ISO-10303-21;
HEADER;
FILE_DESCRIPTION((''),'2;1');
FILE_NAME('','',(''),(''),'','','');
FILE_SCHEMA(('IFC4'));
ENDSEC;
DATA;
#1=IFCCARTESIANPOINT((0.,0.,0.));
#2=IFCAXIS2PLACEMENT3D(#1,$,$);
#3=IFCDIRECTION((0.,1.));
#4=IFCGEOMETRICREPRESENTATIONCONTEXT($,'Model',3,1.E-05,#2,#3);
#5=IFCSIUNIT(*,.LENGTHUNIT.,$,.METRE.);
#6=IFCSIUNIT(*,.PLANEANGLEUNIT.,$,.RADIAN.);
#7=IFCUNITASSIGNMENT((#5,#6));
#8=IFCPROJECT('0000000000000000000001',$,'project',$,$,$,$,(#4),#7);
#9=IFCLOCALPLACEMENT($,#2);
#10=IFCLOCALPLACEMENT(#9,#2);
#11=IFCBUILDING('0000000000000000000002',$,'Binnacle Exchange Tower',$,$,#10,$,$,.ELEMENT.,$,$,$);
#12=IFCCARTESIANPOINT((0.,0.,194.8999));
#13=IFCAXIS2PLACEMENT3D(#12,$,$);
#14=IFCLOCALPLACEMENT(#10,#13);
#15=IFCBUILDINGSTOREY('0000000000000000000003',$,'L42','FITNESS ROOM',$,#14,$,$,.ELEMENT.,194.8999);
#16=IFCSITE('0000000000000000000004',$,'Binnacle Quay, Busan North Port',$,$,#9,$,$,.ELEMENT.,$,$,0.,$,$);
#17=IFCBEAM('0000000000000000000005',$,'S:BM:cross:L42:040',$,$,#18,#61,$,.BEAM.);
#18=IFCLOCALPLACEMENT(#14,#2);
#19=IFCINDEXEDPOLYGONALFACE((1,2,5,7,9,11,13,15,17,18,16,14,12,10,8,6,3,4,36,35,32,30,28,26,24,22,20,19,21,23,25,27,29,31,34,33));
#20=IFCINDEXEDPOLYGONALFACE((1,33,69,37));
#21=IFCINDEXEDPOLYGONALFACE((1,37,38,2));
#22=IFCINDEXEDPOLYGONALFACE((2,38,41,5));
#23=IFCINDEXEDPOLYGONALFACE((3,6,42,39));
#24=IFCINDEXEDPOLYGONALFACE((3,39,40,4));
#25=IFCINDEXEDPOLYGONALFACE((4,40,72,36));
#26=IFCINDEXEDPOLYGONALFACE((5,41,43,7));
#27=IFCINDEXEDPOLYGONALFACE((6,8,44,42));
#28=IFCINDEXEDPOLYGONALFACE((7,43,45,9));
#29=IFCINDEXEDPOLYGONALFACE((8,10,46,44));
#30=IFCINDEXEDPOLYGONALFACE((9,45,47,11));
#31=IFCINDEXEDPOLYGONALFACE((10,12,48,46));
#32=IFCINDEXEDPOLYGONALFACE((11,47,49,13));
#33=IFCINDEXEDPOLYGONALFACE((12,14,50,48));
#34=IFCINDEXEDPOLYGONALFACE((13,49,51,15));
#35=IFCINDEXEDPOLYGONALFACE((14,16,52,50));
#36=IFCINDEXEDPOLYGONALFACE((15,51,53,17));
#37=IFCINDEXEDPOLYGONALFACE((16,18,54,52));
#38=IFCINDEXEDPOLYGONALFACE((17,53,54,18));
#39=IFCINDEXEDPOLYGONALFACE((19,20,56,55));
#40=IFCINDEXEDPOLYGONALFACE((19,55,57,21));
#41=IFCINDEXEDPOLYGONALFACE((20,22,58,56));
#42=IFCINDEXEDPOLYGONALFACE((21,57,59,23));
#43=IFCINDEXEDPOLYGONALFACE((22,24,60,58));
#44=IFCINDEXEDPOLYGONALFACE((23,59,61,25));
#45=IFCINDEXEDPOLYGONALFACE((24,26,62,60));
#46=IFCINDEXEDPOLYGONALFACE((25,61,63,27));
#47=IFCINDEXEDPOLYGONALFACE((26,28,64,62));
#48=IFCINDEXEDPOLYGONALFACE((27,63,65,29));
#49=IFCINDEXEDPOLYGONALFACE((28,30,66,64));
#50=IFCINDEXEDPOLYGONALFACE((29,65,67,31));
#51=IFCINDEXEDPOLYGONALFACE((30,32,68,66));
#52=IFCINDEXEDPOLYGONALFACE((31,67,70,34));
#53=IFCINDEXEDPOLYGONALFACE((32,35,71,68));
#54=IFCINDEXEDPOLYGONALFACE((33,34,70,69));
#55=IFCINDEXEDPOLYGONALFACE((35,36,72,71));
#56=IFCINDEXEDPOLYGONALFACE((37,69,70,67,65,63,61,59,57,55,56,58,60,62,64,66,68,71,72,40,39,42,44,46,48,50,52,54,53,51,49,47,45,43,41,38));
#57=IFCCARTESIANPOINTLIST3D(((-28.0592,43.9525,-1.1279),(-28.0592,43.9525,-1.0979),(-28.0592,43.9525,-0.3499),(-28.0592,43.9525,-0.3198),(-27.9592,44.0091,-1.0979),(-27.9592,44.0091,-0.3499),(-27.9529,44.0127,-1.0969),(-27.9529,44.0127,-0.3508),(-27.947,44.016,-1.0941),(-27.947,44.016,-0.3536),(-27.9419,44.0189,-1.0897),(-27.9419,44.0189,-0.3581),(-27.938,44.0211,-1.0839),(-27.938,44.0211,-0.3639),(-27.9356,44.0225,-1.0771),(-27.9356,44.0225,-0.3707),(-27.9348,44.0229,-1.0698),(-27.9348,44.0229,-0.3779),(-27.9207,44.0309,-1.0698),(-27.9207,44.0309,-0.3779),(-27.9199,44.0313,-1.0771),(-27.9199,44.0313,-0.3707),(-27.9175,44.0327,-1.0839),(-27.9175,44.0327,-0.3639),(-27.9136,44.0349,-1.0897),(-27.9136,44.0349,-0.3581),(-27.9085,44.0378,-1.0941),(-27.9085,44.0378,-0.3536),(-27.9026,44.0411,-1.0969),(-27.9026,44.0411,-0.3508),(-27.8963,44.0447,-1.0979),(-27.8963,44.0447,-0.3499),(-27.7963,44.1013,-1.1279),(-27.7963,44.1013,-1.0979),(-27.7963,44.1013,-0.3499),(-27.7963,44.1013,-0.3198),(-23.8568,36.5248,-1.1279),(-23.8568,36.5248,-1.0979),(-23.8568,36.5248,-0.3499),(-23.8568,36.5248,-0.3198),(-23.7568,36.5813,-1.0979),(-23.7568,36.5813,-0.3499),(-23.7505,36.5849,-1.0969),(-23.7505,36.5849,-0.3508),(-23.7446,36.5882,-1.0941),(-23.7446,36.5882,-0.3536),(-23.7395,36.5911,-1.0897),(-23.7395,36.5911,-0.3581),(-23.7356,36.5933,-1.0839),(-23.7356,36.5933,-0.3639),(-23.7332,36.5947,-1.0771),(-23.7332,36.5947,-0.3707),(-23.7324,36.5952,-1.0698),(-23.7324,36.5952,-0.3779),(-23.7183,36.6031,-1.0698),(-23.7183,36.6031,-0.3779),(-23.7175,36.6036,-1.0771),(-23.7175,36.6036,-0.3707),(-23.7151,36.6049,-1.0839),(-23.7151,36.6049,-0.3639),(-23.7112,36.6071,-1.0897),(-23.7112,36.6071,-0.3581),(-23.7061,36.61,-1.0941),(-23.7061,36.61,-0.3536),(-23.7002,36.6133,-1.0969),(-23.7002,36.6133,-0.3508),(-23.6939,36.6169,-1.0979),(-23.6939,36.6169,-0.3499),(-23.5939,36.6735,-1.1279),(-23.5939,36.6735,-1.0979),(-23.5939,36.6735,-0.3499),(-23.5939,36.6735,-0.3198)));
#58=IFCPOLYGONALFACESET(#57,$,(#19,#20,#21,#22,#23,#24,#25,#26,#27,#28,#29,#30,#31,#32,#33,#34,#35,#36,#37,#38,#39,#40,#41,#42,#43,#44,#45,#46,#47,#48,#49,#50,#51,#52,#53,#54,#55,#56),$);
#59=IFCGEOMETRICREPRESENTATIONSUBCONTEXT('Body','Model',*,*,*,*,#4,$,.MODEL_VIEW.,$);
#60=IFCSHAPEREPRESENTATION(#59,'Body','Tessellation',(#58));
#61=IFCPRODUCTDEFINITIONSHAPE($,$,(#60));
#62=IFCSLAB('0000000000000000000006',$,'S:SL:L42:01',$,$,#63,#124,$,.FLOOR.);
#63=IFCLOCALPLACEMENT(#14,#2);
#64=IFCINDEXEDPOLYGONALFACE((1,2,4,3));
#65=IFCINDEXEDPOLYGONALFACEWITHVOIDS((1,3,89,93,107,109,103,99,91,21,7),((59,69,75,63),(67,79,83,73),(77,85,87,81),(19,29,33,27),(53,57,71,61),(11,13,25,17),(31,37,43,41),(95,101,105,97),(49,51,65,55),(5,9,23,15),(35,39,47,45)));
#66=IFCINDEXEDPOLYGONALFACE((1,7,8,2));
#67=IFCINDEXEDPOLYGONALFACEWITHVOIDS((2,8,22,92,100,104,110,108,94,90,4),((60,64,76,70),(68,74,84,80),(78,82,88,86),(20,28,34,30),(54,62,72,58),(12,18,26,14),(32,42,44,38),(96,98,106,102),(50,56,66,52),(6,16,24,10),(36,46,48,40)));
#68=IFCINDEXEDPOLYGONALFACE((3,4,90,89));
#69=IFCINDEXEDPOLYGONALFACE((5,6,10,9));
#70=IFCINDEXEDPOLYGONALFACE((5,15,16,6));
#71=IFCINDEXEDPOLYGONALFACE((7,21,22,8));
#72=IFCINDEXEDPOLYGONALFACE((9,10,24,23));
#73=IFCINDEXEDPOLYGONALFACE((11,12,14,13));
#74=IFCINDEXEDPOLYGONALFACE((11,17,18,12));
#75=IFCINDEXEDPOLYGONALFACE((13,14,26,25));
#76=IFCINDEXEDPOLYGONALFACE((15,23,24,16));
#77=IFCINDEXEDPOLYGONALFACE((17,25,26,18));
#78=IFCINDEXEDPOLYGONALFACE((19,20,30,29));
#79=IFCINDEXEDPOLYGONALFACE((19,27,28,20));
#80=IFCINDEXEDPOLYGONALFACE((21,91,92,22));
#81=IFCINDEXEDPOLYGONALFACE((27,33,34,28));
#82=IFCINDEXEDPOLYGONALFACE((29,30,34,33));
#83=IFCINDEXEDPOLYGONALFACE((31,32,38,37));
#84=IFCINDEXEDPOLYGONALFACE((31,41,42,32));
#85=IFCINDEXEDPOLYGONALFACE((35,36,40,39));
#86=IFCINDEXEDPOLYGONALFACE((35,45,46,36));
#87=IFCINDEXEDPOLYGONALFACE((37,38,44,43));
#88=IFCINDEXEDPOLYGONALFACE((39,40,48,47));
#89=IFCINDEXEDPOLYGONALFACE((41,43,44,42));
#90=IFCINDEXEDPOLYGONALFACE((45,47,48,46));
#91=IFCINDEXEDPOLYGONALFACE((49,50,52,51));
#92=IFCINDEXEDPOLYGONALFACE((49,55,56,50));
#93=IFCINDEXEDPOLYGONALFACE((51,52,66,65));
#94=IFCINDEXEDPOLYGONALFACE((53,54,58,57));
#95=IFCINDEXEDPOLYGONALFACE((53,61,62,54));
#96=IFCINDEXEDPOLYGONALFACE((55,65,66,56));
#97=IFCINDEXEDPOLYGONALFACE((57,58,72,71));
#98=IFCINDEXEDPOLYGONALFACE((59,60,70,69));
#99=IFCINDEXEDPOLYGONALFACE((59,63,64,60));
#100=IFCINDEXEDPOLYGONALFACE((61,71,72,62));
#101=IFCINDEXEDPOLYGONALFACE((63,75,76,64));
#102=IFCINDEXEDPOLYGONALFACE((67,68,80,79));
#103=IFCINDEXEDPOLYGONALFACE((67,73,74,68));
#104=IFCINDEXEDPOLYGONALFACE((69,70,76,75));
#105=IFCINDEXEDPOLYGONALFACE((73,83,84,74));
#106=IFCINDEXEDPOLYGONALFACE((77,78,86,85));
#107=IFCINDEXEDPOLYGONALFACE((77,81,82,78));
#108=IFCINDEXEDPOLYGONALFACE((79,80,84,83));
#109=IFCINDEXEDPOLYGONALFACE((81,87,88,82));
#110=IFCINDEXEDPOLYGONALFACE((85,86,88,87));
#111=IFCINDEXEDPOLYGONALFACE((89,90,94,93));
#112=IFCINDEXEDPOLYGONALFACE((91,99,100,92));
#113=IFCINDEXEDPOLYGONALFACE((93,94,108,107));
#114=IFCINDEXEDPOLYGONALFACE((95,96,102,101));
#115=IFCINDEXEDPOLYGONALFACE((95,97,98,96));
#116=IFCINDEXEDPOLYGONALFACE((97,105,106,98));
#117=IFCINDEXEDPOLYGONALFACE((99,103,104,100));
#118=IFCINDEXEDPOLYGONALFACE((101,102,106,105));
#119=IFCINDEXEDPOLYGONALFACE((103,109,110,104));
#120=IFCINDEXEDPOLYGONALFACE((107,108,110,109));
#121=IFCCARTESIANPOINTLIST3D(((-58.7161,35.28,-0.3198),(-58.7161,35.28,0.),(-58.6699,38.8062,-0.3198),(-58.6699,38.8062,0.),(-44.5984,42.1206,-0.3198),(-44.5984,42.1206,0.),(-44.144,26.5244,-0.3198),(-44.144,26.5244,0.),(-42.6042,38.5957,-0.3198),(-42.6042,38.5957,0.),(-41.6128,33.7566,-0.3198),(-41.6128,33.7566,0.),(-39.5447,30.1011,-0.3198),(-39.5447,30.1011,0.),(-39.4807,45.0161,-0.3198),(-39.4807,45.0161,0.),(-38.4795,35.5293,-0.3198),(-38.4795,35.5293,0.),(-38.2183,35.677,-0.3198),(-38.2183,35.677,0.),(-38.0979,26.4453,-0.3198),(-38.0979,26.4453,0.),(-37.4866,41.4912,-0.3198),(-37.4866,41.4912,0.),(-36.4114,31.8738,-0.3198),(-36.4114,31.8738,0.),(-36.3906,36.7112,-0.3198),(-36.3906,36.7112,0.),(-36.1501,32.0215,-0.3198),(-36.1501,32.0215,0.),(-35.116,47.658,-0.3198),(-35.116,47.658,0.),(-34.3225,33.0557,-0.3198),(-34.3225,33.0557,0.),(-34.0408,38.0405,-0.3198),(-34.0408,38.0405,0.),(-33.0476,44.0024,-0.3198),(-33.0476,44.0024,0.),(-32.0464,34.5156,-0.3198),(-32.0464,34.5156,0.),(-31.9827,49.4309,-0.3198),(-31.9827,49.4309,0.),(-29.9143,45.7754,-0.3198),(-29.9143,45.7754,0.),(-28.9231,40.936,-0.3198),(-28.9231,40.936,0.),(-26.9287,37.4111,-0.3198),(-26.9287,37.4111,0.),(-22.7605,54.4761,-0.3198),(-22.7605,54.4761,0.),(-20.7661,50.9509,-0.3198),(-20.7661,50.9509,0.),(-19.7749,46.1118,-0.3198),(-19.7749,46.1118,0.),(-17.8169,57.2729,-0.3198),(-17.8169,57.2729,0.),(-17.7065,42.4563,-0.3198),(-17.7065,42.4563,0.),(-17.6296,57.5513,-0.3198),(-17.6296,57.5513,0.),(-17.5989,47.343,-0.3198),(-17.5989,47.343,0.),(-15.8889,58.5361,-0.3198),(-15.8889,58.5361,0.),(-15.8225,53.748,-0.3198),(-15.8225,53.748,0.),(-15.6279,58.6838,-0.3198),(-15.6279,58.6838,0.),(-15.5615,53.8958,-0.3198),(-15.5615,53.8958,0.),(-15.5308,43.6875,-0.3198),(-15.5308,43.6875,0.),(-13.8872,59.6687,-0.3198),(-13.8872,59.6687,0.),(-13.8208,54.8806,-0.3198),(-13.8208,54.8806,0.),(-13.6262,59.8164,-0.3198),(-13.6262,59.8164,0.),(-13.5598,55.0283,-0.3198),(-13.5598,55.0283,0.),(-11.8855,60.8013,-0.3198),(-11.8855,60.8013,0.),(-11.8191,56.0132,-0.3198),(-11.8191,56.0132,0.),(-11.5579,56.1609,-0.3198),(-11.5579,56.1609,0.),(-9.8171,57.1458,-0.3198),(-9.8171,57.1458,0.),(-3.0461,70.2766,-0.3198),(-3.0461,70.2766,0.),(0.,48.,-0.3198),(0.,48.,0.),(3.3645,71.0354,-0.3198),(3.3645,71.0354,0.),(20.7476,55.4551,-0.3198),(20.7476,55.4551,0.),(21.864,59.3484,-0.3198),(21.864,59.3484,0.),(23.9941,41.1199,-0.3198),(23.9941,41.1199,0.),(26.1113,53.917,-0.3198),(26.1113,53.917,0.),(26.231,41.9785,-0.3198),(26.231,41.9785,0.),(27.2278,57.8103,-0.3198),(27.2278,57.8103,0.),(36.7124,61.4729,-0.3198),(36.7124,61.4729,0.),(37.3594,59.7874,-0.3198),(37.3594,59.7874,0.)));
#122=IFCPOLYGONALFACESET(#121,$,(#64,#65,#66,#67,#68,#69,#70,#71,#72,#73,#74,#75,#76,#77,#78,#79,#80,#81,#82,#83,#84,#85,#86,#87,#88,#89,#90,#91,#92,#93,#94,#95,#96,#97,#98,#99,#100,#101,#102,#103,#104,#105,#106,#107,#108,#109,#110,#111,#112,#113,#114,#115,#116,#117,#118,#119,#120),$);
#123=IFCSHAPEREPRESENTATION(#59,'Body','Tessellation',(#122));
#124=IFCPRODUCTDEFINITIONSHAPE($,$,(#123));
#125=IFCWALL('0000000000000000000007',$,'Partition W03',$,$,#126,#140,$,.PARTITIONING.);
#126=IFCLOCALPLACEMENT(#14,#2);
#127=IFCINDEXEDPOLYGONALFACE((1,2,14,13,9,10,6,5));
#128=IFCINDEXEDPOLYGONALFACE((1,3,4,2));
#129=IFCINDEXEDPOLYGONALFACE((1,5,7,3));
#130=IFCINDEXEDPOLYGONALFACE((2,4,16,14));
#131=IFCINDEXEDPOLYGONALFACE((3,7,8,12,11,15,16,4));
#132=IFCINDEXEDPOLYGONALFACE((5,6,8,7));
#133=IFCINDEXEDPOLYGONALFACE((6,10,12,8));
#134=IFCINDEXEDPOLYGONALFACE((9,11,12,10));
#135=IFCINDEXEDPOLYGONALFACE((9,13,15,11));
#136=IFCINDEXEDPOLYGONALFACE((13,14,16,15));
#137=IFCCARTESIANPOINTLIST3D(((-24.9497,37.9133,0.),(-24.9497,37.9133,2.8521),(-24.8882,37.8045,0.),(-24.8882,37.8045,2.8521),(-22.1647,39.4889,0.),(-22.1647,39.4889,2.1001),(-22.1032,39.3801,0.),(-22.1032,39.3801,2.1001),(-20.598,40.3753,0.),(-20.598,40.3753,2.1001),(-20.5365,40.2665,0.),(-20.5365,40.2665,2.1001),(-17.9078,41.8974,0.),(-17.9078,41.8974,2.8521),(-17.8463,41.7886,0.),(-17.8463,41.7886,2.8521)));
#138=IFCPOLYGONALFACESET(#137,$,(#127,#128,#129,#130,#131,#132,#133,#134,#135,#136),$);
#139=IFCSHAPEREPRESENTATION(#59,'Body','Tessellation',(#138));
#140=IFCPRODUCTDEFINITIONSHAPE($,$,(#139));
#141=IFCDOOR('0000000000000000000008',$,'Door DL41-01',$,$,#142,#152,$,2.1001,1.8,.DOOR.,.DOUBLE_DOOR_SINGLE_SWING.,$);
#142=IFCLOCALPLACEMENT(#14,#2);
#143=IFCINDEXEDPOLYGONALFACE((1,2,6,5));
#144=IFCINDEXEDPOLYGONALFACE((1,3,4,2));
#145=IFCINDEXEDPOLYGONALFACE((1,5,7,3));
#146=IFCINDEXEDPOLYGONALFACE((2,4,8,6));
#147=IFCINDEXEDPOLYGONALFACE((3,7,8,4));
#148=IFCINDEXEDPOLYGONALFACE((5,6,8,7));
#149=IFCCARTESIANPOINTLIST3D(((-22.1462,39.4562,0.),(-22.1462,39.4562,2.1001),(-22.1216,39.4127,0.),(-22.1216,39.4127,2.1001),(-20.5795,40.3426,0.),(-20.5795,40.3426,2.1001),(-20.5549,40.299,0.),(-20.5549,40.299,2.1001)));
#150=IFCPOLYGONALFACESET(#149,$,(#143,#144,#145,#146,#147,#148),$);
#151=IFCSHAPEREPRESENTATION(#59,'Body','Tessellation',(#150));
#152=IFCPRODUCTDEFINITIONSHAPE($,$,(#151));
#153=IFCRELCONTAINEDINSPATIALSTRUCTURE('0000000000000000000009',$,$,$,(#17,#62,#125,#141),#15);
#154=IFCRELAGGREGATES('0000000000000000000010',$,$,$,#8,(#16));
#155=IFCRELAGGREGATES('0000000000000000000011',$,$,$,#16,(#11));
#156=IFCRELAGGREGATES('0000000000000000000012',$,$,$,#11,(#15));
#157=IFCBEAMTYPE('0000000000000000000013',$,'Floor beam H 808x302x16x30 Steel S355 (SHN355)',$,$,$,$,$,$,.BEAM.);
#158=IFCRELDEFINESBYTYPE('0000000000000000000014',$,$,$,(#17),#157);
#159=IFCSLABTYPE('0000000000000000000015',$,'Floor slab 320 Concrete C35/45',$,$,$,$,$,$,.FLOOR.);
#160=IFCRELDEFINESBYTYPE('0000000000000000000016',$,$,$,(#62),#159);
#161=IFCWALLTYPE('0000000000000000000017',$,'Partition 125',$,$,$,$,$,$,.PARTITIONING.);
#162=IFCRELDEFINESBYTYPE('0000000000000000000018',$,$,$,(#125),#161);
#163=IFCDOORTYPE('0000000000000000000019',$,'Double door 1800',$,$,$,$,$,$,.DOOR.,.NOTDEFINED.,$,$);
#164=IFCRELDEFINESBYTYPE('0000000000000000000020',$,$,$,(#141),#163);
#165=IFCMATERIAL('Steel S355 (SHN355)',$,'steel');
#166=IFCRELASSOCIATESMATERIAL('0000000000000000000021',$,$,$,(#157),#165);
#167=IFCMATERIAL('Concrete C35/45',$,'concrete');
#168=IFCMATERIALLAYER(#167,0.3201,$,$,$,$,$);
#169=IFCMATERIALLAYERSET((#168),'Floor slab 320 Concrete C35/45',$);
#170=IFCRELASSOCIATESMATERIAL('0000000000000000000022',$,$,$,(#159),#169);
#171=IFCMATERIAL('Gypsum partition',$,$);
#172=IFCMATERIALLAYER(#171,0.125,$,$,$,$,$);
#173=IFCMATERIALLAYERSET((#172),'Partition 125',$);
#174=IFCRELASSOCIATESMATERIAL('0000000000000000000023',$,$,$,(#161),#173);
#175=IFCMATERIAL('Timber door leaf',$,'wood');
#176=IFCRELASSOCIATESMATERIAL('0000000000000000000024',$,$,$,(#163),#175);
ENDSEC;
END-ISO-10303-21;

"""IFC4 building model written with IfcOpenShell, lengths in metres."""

from ifc_helpers import new_model, si_unit, direction, frame, frame_2d, origin, origin_2d, place, context, subcontext, project, spatial, polyline, rectangle, i_section, outline, extrude, material, layer, layer_set, material_profile, profile_set, type_object, element, fill, save


model = new_model("IFC4")

# Units and contexts
model_context = context("Model", 3, precision=1e-05, world=origin(), true_north=direction((0.0, 1.0)))
body_context = subcontext(model_context, "Body", "Model", "MODEL_VIEW")
ifc_project = project(units=[si_unit("LENGTHUNIT", "METRE"), si_unit("PLANEANGLEUNIT", "RADIAN")], contexts=[model_context])

# Site, building, storey
site_placement = place(None, origin())
site = spatial("IfcSite", under=ifc_project, at=site_placement, Name="Binnacle Quay, Busan North Port", CompositionType="ELEMENT", RefElevation=0.0)
building_placement = place(site_placement, origin())
building = spatial("IfcBuilding", under=site, at=building_placement, Name="Binnacle Exchange Tower", CompositionType="ELEMENT")
storey_placement = place(building_placement, frame((0.0, 0.0, 194.8999)))
storey = spatial("IfcBuildingStorey", under=building, at=storey_placement, Name="L42", Description="FITNESS ROOM", CompositionType="ELEMENT", Elevation=194.8999)

# Beam
ifc_material_1 = material(Name="Steel S355 (SHN355)", Category="steel")
ifc_material_profile_1 = material_profile(ifc_material_1, i_section(OverallWidth=0.302, OverallDepth=0.8081, WebThickness=0.0161, FlangeThickness=0.03, FilletRadius=0.0281, at=origin_2d()), Name="H 808x302x16x30")
ifc_profile_set_1 = profile_set([ifc_material_profile_1], Name="Steel S355 (SHN355)")
beam_type_1 = type_object("IfcBeamType", Name="Floor beam H 808x302x16x30 Steel S355 (SHN355)", PredefinedType="BEAM", material=ifc_profile_set_1)
beam_1_placement = place(storey_placement, frame((-23.7253, 36.5991, -0.7239), z_axis=(-0.492422, 0.870357, 0.0), x_axis=(-0.870357, -0.492422, 0.0)))
element("IfcBeam", 1, at=beam_1_placement, inside=storey, type_object=beam_type_1, Name="S:BM:cross:L42:040", PredefinedType="BEAM", context=body_context, shape_type="SweptSolid", body=[
    extrude(i_section(OverallWidth=0.302, OverallDepth=0.8081, WebThickness=0.0161, FlangeThickness=0.03, FilletRadius=0.0281, at=origin_2d()), origin(), (0.0, 0.0, 1.0), 8.5342),
])

# Slab
ifc_material_2 = material(Name="Concrete C35/45", Category="concrete")
ifc_layer_1 = layer(ifc_material_2, 0.3201)
ifc_layer_set_1 = layer_set([ifc_layer_1], Name="Floor slab 320 Concrete C35/45")
slab_type = type_object("IfcSlabType", Name="Floor slab 320 Concrete C35/45", PredefinedType="FLOOR", material=ifc_layer_set_1)
slab_placement = place(storey_placement, frame((0.0, 0.0, -0.3198)))
element("IfcSlab", 2, at=slab_placement, inside=storey, type_object=slab_type, Name="S:SL:L42:01", PredefinedType="FLOOR", context=body_context, shape_type="SweptSolid", body=[
    extrude(outline(polyline([(-58.7161, 35.28), (-58.6699, 38.8062), (-3.0461, 70.2766), (3.3645, 71.0354), (36.7124, 61.4729), (37.3594, 59.7874), (26.231, 41.9785), (23.9941, 41.1199), (0.0, 48.0), (-38.0979, 26.4453), (-44.144, 26.5244), (-58.7161, 35.28)]), holes=[polyline([(-38.4795, 35.5293), (-41.6128, 33.7566), (-39.5447, 30.1011), (-36.4114, 31.8738), (-38.4795, 35.5293)]), polyline([(-36.3906, 36.7112), (-38.2183, 35.677), (-36.1501, 32.0215), (-34.3225, 33.0557), (-36.3906, 36.7112)]), polyline([(-32.0464, 34.5156), (-26.9287, 37.4111), (-28.9231, 40.936), (-34.0408, 38.0405), (-32.0464, 34.5156)]), polyline([(-37.4866, 41.4912), (-39.4807, 45.0161), (-44.5984, 42.1206), (-42.6042, 38.5957), (-37.4866, 41.4912)]), polyline([(-29.9143, 45.7754), (-31.9827, 49.4309), (-35.116, 47.658), (-33.0476, 44.0024), (-29.9143, 45.7754)]), polyline([(-17.8169, 57.2729), (-22.7605, 54.4761), (-20.7661, 50.9509), (-15.8225, 53.748), (-17.8169, 57.2729)]), polyline([(-15.5308, 43.6875), (-17.5989, 47.343), (-19.7749, 46.1118), (-17.7065, 42.4563), (-15.5308, 43.6875)]), polyline([(-13.8208, 54.8806), (-15.8889, 58.5361), (-17.6296, 57.5513), (-15.5615, 53.8958), (-13.8208, 54.8806)]), polyline([(27.2278, 57.8103), (21.864, 59.3484), (20.7476, 55.4551), (26.1113, 53.917), (27.2278, 57.8103)]), polyline([(-11.8191, 56.0132), (-13.8872, 59.6687), (-15.6279, 58.6838), (-13.5598, 55.0283), (-11.8191, 56.0132)]), polyline([(-9.8171, 57.1458), (-11.8855, 60.8013), (-13.6262, 59.8164), (-11.5579, 56.1609), (-9.8171, 57.1458)])]), origin(), (0.0, 0.0, 1.0), 0.3198),
])

# Wall, opening, door
ifc_material_3 = material(Name="Gypsum partition")
ifc_layer_2 = layer(ifc_material_3, 0.125)
ifc_layer_set_2 = layer_set([ifc_layer_2], Name="Partition 125")
wall_type = type_object("IfcWallType", Name="Partition 125", PredefinedType="PARTITIONING", material=ifc_layer_set_2)
wall_placement = place(storey_placement, frame((-24.9189, 37.8589, 0.0), z_axis=(0.0, 0.0, 1.0), x_axis=(0.870358, 0.49242, 0.0)))
wall = element("IfcWall", 3, at=wall_placement, inside=storey, type_object=wall_type, Name="Partition W03", PredefinedType="PARTITIONING", context=body_context, shape_type="SweptSolid", body=[
    extrude(rectangle(XDim=8.0908, YDim=0.125, at=frame_2d((4.0454, 0.0))), origin(), (0.0, 0.0, 1.0), 2.8521),
])
opening_placement = place(wall_placement, frame((3.2, 0.0, 0.0)))
opening = element("IfcOpeningElement", 4, at=opening_placement, cuts=wall, PredefinedType="OPENING", context=body_context, shape_type="SweptSolid", body=[
    extrude(rectangle(XDim=1.8, YDim=2.1001, at=frame_2d((0.8999, 1.05))), frame((0.0, 0.0725, 0.0), z_axis=(0.0, -1.0, 0.0), x_axis=(1.0, 0.0, 0.0)), (0.0, 0.0, 1.0), 0.145),
])
ifc_material_4 = material(Name="Timber door leaf", Category="wood")
door_type = type_object("IfcDoorType", Name="Double door 1800", OperationType="NOTDEFINED", PredefinedType="DOOR", material=ifc_material_4)
door_placement = place(opening_placement, origin())
door = element("IfcDoor", 5, at=door_placement, inside=storey, type_object=door_type, Name="Door DL41-01", OperationType="DOUBLE_DOOR_SINGLE_SWING", OverallHeight=2.1001, OverallWidth=1.8, PredefinedType="DOOR", context=body_context, shape_type="SweptSolid", body=[
    extrude(rectangle(XDim=1.8, YDim=2.1001, at=frame_2d((0.8999, 1.05))), frame((0.0, 0.0249, 0.0), z_axis=(0.0, -1.0, 0.0), x_axis=(1.0, 0.0, 0.0)), (0.0, 0.0, 1.0), 0.05),
])
fill(opening, door)

save(model, "model.ifc")
